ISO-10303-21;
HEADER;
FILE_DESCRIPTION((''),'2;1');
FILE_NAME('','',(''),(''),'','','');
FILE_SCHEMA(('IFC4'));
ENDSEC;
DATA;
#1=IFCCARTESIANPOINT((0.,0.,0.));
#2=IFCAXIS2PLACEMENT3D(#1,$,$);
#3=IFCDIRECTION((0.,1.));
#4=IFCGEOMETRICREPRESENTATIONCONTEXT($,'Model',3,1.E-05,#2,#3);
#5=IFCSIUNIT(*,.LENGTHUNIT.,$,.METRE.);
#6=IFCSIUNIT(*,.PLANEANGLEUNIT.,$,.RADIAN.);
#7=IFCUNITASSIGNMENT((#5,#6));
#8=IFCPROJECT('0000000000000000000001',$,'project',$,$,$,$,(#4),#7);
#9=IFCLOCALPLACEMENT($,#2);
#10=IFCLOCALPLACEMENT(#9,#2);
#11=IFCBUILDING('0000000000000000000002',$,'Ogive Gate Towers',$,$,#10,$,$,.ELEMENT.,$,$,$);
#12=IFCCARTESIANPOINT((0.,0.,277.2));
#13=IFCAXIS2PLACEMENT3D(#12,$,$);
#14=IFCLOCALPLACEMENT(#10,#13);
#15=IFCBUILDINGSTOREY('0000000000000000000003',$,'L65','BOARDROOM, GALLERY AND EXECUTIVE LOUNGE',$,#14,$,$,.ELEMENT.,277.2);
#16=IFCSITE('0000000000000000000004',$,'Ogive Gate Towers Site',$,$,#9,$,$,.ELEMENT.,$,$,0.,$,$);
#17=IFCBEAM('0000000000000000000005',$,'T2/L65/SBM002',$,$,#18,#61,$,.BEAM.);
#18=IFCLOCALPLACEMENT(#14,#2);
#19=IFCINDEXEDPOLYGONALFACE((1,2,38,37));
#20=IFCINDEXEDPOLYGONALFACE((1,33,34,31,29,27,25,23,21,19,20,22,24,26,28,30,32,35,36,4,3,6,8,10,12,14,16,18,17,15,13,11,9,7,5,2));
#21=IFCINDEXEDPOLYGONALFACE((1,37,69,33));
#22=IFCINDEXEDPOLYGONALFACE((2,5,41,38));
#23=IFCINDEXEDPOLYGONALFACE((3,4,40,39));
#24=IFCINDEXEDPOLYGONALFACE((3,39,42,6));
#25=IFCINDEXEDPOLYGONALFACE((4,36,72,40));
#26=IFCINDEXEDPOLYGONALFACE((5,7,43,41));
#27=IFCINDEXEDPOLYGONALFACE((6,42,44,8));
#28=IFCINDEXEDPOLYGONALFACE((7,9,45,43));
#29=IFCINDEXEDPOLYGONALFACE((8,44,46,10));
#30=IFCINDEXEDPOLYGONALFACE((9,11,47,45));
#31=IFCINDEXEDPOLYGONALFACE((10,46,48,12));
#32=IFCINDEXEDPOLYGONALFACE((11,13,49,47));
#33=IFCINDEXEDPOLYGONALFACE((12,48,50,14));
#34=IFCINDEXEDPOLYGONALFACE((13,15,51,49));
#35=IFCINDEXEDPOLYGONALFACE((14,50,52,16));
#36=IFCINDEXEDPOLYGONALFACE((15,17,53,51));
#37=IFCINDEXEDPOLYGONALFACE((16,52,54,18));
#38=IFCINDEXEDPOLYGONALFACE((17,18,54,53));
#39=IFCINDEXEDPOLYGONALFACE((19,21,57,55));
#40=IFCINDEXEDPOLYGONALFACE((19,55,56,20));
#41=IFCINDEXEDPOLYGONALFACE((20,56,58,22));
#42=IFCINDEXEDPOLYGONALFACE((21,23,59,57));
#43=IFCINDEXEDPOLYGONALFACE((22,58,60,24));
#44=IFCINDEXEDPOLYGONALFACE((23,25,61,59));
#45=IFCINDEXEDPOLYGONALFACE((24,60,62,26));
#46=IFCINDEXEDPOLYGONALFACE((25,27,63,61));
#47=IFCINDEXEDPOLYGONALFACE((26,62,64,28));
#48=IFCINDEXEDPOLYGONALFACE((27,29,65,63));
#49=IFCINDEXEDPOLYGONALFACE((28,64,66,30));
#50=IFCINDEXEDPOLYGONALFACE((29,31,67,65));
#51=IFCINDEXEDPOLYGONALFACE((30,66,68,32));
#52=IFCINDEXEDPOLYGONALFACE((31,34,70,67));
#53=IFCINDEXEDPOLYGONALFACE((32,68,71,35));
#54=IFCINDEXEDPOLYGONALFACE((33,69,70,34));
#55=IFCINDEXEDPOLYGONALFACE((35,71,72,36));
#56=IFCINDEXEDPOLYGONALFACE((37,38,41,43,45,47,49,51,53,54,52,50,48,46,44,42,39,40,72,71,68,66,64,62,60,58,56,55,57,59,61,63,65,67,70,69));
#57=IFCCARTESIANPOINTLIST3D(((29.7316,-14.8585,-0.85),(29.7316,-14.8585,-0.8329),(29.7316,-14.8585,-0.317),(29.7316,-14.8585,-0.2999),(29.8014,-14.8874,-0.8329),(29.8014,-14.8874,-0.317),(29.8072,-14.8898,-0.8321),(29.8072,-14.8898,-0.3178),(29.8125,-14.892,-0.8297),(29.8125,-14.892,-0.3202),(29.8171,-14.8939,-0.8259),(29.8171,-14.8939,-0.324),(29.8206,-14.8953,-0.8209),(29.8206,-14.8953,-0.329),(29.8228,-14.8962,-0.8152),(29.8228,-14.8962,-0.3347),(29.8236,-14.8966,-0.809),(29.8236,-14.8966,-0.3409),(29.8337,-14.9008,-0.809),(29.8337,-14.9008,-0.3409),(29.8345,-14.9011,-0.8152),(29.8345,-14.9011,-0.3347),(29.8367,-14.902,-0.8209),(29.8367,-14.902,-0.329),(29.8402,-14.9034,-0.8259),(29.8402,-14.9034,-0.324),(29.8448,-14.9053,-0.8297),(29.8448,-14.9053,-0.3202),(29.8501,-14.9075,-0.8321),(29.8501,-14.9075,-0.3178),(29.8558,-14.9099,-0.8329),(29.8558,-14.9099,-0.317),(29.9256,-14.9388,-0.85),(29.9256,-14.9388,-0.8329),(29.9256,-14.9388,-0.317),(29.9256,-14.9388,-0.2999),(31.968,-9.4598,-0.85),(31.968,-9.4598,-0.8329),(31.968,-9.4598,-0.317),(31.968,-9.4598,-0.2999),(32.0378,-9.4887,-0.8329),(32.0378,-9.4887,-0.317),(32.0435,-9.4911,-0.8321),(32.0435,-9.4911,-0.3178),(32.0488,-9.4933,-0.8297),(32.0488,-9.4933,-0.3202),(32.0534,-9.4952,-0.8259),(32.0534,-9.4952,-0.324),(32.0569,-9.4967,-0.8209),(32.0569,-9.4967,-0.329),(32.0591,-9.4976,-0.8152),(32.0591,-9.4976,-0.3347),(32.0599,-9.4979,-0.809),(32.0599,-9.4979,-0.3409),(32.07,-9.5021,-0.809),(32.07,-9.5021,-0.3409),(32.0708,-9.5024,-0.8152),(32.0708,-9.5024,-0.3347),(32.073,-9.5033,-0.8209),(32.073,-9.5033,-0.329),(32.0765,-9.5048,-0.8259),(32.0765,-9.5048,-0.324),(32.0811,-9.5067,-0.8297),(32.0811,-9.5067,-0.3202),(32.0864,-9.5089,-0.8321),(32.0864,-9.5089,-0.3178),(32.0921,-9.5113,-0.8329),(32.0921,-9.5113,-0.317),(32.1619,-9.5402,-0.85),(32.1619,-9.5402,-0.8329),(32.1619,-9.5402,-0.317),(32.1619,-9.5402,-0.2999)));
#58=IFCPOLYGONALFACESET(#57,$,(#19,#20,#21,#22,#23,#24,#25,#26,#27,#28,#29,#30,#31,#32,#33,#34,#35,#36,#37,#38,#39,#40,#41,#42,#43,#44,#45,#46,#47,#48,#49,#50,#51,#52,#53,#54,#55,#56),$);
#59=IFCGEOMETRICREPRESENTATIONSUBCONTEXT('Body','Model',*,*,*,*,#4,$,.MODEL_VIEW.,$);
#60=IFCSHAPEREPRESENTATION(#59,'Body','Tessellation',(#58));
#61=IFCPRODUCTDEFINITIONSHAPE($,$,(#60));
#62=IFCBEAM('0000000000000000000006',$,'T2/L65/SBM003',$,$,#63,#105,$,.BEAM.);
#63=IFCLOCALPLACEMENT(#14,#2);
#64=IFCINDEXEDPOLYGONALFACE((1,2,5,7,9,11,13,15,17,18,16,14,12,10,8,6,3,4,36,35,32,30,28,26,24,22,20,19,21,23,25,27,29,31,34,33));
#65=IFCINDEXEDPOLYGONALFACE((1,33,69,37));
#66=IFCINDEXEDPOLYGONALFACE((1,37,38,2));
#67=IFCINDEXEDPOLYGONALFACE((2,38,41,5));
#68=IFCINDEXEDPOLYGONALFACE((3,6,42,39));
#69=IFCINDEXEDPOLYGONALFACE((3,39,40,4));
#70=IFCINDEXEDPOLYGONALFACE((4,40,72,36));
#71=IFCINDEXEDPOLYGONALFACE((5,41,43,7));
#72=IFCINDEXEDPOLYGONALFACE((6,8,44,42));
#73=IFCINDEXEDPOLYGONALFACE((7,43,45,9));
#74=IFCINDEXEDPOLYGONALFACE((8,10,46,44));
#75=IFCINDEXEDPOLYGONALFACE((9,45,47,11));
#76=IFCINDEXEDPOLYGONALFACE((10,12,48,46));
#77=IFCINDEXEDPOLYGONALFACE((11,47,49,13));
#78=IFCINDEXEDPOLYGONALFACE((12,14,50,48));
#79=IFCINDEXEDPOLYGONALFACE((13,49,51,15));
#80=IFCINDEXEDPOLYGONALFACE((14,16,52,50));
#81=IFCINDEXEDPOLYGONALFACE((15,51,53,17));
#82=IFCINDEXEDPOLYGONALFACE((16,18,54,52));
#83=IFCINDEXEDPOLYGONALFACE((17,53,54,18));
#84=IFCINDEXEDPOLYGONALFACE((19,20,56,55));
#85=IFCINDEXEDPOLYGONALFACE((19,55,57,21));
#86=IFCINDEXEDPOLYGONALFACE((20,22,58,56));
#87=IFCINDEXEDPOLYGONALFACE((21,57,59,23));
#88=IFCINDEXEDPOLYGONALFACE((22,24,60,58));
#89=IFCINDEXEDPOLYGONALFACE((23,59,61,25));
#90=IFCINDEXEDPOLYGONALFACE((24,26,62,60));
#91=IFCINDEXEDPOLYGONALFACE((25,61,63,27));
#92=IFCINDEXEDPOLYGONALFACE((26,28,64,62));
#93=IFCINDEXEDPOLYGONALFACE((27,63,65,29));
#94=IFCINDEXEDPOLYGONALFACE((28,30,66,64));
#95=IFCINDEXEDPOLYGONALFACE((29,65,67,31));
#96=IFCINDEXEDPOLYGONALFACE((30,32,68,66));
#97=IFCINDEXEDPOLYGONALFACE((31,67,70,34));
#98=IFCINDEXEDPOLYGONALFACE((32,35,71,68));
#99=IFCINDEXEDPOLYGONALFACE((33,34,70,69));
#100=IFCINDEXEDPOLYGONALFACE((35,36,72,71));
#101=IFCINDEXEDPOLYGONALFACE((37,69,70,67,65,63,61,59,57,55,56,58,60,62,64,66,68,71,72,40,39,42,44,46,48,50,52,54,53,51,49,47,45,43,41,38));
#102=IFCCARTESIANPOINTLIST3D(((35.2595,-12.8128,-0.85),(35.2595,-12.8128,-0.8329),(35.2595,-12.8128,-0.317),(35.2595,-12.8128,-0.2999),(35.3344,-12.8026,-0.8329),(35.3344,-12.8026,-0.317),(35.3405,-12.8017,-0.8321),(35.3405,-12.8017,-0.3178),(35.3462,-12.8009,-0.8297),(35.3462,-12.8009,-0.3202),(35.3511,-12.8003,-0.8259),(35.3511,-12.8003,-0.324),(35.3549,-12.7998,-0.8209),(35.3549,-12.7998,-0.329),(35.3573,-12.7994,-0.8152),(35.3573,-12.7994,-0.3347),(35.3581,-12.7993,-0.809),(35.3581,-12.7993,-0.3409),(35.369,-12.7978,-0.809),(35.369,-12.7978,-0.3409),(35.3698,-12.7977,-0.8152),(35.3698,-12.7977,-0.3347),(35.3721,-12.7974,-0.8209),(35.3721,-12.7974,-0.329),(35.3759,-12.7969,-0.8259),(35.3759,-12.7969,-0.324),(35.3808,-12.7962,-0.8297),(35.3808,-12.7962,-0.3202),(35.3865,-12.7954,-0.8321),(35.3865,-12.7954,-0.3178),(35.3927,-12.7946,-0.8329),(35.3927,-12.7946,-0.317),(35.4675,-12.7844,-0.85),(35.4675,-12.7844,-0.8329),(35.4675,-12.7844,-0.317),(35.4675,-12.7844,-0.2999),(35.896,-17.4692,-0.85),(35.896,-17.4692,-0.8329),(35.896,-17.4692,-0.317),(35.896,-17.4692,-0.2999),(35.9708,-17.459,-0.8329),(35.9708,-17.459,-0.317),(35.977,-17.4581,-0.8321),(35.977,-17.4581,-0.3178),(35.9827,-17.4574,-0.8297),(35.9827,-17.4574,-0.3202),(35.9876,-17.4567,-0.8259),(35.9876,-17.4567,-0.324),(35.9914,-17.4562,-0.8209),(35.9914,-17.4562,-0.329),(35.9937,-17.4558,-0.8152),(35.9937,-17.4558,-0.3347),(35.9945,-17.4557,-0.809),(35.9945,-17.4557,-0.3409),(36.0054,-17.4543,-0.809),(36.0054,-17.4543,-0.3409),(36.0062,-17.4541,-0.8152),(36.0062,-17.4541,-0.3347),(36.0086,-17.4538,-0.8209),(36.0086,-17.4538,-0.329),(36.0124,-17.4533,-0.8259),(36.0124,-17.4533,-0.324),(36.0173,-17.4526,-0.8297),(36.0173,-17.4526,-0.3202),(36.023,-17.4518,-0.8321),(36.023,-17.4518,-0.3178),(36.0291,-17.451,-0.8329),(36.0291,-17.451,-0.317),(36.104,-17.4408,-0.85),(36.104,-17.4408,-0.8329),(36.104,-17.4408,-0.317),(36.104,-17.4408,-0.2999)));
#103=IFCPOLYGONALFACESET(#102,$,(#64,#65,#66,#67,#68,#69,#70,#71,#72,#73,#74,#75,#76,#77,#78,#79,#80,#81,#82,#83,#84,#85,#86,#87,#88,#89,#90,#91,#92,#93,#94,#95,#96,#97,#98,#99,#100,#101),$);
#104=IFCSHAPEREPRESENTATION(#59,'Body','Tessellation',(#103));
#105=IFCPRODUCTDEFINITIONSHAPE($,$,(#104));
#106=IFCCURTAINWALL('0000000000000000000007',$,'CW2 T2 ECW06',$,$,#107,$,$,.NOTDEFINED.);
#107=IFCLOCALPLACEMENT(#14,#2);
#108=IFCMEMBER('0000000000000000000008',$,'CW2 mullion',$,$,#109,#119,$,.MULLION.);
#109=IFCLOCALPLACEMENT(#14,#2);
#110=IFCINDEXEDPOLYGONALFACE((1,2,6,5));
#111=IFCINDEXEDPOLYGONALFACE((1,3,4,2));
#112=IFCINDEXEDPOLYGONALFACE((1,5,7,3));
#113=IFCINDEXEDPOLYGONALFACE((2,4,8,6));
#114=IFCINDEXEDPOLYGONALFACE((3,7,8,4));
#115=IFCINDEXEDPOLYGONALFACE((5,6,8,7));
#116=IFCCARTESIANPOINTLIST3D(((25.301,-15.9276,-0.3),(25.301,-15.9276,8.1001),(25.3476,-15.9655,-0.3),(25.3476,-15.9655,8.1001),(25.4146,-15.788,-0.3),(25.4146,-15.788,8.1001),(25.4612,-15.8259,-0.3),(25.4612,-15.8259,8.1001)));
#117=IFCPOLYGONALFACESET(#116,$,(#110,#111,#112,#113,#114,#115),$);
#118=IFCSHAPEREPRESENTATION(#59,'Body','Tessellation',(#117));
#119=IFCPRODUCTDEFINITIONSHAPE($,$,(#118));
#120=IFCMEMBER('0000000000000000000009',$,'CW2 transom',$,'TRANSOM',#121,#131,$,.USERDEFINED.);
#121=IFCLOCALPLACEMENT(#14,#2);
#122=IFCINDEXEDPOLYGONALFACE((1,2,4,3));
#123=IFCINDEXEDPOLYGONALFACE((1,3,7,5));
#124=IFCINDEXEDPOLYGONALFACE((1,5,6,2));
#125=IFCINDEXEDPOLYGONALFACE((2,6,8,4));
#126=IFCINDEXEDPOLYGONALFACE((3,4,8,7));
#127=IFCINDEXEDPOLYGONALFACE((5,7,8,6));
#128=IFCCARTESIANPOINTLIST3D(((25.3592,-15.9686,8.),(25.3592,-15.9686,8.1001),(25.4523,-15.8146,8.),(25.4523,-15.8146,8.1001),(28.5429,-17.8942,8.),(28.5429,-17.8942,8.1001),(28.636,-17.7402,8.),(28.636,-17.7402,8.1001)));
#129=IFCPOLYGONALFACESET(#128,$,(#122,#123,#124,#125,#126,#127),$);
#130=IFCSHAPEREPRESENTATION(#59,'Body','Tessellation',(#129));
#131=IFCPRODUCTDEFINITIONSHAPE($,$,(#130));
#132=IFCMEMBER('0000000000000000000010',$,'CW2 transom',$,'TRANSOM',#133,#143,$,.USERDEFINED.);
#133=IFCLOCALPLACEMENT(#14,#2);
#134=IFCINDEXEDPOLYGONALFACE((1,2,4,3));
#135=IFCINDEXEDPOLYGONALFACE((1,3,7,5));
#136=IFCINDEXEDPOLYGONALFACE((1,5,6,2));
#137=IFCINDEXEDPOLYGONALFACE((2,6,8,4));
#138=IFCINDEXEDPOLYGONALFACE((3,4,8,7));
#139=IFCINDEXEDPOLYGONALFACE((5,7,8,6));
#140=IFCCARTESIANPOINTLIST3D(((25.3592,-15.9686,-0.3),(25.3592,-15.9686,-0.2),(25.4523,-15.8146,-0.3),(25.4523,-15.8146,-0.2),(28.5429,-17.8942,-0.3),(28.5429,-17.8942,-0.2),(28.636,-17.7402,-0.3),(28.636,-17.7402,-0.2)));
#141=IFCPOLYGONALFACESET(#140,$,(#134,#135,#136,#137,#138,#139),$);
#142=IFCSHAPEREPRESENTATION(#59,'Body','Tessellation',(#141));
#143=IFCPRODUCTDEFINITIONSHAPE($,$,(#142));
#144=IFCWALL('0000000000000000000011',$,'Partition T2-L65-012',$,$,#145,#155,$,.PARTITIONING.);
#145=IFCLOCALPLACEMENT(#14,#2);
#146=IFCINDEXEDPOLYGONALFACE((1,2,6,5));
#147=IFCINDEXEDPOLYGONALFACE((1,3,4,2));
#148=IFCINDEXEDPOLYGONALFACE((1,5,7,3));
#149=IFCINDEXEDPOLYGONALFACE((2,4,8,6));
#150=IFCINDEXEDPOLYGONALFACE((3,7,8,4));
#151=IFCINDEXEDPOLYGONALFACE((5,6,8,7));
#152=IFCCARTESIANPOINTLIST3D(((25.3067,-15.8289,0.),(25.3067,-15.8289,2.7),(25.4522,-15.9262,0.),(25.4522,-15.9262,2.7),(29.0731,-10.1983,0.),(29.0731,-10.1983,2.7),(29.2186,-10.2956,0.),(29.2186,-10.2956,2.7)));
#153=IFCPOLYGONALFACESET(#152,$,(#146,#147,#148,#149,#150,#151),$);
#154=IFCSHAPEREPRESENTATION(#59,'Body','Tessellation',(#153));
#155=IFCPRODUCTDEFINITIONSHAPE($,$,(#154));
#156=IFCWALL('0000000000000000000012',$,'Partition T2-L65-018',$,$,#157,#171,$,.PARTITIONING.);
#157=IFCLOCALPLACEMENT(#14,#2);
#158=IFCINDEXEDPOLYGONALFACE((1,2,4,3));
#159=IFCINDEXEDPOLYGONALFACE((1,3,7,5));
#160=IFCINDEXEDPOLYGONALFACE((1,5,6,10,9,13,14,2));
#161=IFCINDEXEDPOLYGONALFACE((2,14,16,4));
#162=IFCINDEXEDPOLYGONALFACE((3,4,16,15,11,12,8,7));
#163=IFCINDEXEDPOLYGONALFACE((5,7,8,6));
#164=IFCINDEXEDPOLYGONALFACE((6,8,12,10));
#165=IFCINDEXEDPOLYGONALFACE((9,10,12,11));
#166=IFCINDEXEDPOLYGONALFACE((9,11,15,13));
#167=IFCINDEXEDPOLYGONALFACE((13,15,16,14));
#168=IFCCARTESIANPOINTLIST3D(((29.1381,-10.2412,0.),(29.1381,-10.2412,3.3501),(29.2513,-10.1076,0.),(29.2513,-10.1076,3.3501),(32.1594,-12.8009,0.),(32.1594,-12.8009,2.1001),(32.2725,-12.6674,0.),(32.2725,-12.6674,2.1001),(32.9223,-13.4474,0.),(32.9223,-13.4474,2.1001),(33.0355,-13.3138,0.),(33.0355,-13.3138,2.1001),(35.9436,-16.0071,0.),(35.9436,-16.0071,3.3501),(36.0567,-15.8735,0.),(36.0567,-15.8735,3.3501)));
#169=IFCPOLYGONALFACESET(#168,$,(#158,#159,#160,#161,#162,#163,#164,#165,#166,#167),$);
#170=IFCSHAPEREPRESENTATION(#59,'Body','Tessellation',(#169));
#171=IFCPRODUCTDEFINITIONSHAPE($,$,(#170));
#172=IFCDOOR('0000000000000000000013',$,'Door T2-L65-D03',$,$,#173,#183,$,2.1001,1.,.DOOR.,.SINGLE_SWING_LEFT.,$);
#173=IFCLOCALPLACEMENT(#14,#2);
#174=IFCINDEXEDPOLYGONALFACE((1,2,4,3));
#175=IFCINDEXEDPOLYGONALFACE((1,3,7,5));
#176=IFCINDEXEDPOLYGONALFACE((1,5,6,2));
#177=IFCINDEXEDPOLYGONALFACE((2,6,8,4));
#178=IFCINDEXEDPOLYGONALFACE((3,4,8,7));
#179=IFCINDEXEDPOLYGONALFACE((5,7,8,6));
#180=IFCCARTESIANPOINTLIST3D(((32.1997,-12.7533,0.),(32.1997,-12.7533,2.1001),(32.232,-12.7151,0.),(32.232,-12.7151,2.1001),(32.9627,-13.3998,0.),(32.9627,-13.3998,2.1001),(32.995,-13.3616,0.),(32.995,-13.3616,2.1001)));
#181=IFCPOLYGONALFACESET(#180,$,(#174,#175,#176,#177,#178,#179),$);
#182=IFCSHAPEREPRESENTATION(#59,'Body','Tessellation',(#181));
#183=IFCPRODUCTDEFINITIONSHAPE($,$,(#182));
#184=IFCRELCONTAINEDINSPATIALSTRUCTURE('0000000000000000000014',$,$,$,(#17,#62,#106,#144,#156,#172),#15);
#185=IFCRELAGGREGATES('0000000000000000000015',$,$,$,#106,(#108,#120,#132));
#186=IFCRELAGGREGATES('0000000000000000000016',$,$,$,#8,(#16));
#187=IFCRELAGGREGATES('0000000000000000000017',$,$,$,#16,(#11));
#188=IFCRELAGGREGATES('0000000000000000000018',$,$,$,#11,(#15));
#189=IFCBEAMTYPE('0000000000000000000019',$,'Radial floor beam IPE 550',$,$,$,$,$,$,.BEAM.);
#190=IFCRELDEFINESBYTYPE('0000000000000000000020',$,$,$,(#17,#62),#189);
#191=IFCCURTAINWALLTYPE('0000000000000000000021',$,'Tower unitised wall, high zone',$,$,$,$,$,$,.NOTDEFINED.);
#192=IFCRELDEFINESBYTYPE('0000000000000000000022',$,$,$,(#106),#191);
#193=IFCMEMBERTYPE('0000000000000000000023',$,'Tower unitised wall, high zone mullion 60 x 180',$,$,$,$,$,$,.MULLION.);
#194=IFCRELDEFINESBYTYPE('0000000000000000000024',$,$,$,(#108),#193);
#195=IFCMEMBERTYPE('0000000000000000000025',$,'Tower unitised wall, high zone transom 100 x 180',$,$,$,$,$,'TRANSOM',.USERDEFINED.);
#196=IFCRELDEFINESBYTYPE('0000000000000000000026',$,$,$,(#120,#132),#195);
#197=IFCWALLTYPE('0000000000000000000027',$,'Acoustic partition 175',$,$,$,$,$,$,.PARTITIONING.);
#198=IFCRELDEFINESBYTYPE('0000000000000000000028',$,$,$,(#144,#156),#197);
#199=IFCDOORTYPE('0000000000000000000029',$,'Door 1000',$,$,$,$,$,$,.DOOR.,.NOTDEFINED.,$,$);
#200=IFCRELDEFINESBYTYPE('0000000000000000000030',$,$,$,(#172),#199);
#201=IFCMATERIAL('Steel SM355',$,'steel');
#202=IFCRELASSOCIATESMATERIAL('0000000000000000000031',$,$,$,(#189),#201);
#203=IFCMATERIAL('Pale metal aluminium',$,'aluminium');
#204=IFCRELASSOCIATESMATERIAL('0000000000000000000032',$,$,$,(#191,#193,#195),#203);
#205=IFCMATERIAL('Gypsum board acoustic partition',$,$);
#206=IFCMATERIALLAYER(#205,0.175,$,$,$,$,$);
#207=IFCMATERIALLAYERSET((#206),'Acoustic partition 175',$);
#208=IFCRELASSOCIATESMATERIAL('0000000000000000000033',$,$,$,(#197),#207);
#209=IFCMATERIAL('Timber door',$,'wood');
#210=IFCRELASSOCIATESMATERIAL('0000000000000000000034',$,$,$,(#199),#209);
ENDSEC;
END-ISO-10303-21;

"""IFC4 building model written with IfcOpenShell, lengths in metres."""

from ifc_helpers import new_model, si_unit, direction, frame, frame_2d, origin, origin_2d, place, context, subcontext, project, spatial, rectangle, i_section, extrude, material, layer, layer_set, material_profile, profile_set, type_object, element, fill, aggregate, save


model = new_model("IFC4")

# Units and contexts
model_context = context("Model", 3, precision=1e-05, world=origin(), true_north=direction((0.0, 1.0)))
body_context = subcontext(model_context, "Body", "Model", "MODEL_VIEW")
ifc_project = project(units=[si_unit("LENGTHUNIT", "METRE"), si_unit("PLANEANGLEUNIT", "RADIAN")], contexts=[model_context])

# Site, building, storey
site_placement = place(None, origin())
site = spatial("IfcSite", under=ifc_project, at=site_placement, Name="Ogive Gate Towers Site", CompositionType="ELEMENT", RefElevation=0.0)
building_placement = place(site_placement, origin())
building = spatial("IfcBuilding", under=site, at=building_placement, Name="Ogive Gate Towers", CompositionType="ELEMENT")
storey_placement = place(building_placement, frame((0.0, 0.0, 277.2)))
storey = spatial("IfcBuildingStorey", under=building, at=storey_placement, Name="L65", Description="BOARDROOM, GALLERY AND EXECUTIVE LOUNGE", CompositionType="ELEMENT", Elevation=277.2)

# Beams
ifc_material_1 = material(Name="Steel SM355", Category="steel")
ifc_material_profile_1 = material_profile(ifc_material_1, i_section(OverallWidth=0.21, OverallDepth=0.55, WebThickness=0.011, FlangeThickness=0.0171, FilletRadius=0.0239, at=origin_2d()), Name="IPE 550")
ifc_profile_set_1 = profile_set([ifc_material_profile_1], Name="Steel SM355")
beam_type = type_object("IfcBeamType", Name="Radial floor beam IPE 550", PredefinedType="BEAM", material=ifc_profile_set_1)
beam_1_placement = place(storey_placement, frame((32.0649, -9.5, -0.575), z_axis=(-0.382701, -0.923872, 0.0), x_axis=(0.923872, -0.382701, 0.0)))
element("IfcBeam", 1, at=beam_1_placement, inside=storey, type_object=beam_type, Name="T2/L65/SBM002", PredefinedType="BEAM", context=body_context, shape_type="SweptSolid", body=[
    extrude(i_section(OverallWidth=0.21, OverallDepth=0.55, WebThickness=0.011, FlangeThickness=0.0171, FilletRadius=0.0239, at=origin_2d()), origin(), (0.0, 0.0, 1.0), 5.8435),
])
beam_2_placement = place(storey_placement, frame((35.3635, -12.7986, -0.575), z_axis=(0.135426, -0.990787, 0.0), x_axis=(0.990787, 0.135426, 0.0)))
element("IfcBeam", 2, at=beam_2_placement, inside=storey, type_object=beam_type, Name="T2/L65/SBM003", PredefinedType="BEAM", context=body_context, shape_type="SweptSolid", body=[
    extrude(i_section(OverallWidth=0.21, OverallDepth=0.55, WebThickness=0.011, FlangeThickness=0.0171, FilletRadius=0.0239, at=origin_2d()), origin(), (0.0, 0.0, 1.0), 4.6997),
])

# Curtain wall, members
ifc_material_2 = material(Name="Pale metal aluminium", Category="aluminium")
curtain_wall_type = type_object("IfcCurtainWallType", Name="Tower unitised wall, high zone", PredefinedType="NOTDEFINED", material=ifc_material_2)
curtain_wall_placement = place(storey_placement, origin())
curtain_wall = element("IfcCurtainWall", 3, at=curtain_wall_placement, inside=storey, type_object=curtain_wall_type, Name="CW2 T2 ECW06", PredefinedType="NOTDEFINED")
ifc_material_profile_2 = material_profile(ifc_material_2, rectangle(XDim=0.1799, YDim=0.0601, at=origin_2d()), Name="60 x 180 aluminium box")
ifc_profile_set_2 = profile_set([ifc_material_profile_2], Name="Pale metal aluminium")
member_type_1 = type_object("IfcMemberType", Name="Tower unitised wall, high zone mullion 60 x 180", PredefinedType="MULLION", material=ifc_profile_set_2)
member_1_placement = place(storey_placement, frame((25.3811, -15.8767, -0.3), z_axis=(0.0, 0.0, 1.0), x_axis=(-0.631001, -0.775782, 0.0)))
member_1 = element("IfcMember", 4, at=member_1_placement, type_object=member_type_1, Name="CW2 mullion", PredefinedType="MULLION", context=body_context, shape_type="SweptSolid", body=[
    extrude(rectangle(XDim=0.1799, YDim=0.0601, at=origin_2d()), origin(), (0.0, 0.0, 1.0), 8.4001),
])
ifc_material_profile_3 = material_profile(ifc_material_2, rectangle(XDim=0.1799, YDim=0.1001, at=origin_2d()), Name="100 x 180 aluminium box")
ifc_profile_set_3 = profile_set([ifc_material_profile_3], Name="Pale metal aluminium")
member_type_2 = type_object("IfcMemberType", Name="Tower unitised wall, high zone transom 100 x 180", ElementType="TRANSOM", PredefinedType="USERDEFINED", material=ifc_profile_set_3)
member_2_placement = place(storey_placement, frame((25.4058, -15.8916, 8.05), z_axis=(0.855664, -0.517532, 0.0), x_axis=(0.517532, 0.855664, 0.0)))
member_2 = element("IfcMember", 5, at=member_2_placement, type_object=member_type_2, Name="CW2 transom", ObjectType="TRANSOM", PredefinedType="USERDEFINED", context=body_context, shape_type="SweptSolid", body=[
    extrude(rectangle(XDim=0.1799, YDim=0.1001, at=origin_2d()), origin(), (0.0, 0.0, 1.0), 3.7207),
])
member_3_placement = place(storey_placement, frame((25.4058, -15.8916, -0.25), z_axis=(0.855664, -0.517532, 0.0), x_axis=(0.517532, 0.855664, 0.0)))
member_3 = element("IfcMember", 6, at=member_3_placement, type_object=member_type_2, Name="CW2 transom", ObjectType="TRANSOM", PredefinedType="USERDEFINED", context=body_context, shape_type="SweptSolid", body=[
    extrude(rectangle(XDim=0.1799, YDim=0.1001, at=origin_2d()), origin(), (0.0, 0.0, 1.0), 3.7207),
])
aggregate(curtain_wall, [member_1, member_2, member_3])

# Wall
ifc_material_3 = material(Name="Gypsum board acoustic partition")
ifc_layer_1 = layer(ifc_material_3, 0.175)
ifc_layer_set_1 = layer_set([ifc_layer_1], Name="Acoustic partition 175")
wall_type_1 = type_object("IfcWallType", Name="Acoustic partition 175", PredefinedType="PARTITIONING", material=ifc_layer_set_1)
wall_1_placement = place(storey_placement, frame((25.3794, -15.8777, 0.0), z_axis=(0.0, 0.0, 1.0), x_axis=(0.555989, 0.83119, 0.0)))
element("IfcWall", 7, at=wall_1_placement, inside=storey, type_object=wall_type_1, Name="Partition T2-L65-012", PredefinedType="PARTITIONING", context=body_context, shape_type="SweptSolid", body=[
    extrude(rectangle(XDim=6.7742, YDim=0.175, at=frame_2d((3.3872, 0.0))), origin(), (0.0, 0.0, 1.0), 2.7),
])

# Wall, opening, door
wall_2_placement = place(storey_placement, frame((29.1946, -10.1743, 0.0), z_axis=(0.0, 0.0, 1.0), x_axis=(0.762975, -0.646428, 0.0)))
wall_2 = element("IfcWall", 8, at=wall_2_placement, inside=storey, type_object=wall_type_1, Name="Partition T2-L65-018", PredefinedType="PARTITIONING", context=body_context, shape_type="SweptSolid", body=[
    extrude(rectangle(XDim=8.9197, YDim=0.175, at=frame_2d((4.46, 0.0))), origin(), (0.0, 0.0, 1.0), 3.3501),
])
opening_1_placement = place(wall_2_placement, frame((3.96, 0.0, 0.0)))
opening_1 = element("IfcOpeningElement", 9, at=opening_1_placement, cuts=wall_2, PredefinedType="OPENING", context=body_context, shape_type="SweptSolid", body=[
    extrude(rectangle(XDim=1.0, YDim=2.1001, at=frame_2d((0.5, 1.05))), frame((0.0, 0.0977, 0.0), z_axis=(0.0, -1.0, 0.0), x_axis=(1.0, 0.0, 0.0)), (0.0, 0.0, 1.0), 0.1951),
])
ifc_material_4 = material(Name="Timber door", Category="wood")
door_type_1 = type_object("IfcDoorType", Name="Door 1000", OperationType="NOTDEFINED", PredefinedType="DOOR", material=ifc_material_4)
door_1_placement = place(opening_1_placement, origin())
door_1 = element("IfcDoor", 10, at=door_1_placement, inside=storey, type_object=door_type_1, Name="Door T2-L65-D03", OperationType="SINGLE_SWING_LEFT", OverallHeight=2.1001, OverallWidth=1.0, PredefinedType="DOOR", context=body_context, shape_type="SweptSolid", body=[
    extrude(rectangle(XDim=1.0, YDim=2.1001, at=frame_2d((0.5, 1.05))), frame((0.0, 0.0249, 0.0), z_axis=(0.0, -1.0, 0.0), x_axis=(1.0, 0.0, 0.0)), (0.0, 0.0, 1.0), 0.05),
])
fill(opening_1, door_1)

save(model, "model.ifc")
